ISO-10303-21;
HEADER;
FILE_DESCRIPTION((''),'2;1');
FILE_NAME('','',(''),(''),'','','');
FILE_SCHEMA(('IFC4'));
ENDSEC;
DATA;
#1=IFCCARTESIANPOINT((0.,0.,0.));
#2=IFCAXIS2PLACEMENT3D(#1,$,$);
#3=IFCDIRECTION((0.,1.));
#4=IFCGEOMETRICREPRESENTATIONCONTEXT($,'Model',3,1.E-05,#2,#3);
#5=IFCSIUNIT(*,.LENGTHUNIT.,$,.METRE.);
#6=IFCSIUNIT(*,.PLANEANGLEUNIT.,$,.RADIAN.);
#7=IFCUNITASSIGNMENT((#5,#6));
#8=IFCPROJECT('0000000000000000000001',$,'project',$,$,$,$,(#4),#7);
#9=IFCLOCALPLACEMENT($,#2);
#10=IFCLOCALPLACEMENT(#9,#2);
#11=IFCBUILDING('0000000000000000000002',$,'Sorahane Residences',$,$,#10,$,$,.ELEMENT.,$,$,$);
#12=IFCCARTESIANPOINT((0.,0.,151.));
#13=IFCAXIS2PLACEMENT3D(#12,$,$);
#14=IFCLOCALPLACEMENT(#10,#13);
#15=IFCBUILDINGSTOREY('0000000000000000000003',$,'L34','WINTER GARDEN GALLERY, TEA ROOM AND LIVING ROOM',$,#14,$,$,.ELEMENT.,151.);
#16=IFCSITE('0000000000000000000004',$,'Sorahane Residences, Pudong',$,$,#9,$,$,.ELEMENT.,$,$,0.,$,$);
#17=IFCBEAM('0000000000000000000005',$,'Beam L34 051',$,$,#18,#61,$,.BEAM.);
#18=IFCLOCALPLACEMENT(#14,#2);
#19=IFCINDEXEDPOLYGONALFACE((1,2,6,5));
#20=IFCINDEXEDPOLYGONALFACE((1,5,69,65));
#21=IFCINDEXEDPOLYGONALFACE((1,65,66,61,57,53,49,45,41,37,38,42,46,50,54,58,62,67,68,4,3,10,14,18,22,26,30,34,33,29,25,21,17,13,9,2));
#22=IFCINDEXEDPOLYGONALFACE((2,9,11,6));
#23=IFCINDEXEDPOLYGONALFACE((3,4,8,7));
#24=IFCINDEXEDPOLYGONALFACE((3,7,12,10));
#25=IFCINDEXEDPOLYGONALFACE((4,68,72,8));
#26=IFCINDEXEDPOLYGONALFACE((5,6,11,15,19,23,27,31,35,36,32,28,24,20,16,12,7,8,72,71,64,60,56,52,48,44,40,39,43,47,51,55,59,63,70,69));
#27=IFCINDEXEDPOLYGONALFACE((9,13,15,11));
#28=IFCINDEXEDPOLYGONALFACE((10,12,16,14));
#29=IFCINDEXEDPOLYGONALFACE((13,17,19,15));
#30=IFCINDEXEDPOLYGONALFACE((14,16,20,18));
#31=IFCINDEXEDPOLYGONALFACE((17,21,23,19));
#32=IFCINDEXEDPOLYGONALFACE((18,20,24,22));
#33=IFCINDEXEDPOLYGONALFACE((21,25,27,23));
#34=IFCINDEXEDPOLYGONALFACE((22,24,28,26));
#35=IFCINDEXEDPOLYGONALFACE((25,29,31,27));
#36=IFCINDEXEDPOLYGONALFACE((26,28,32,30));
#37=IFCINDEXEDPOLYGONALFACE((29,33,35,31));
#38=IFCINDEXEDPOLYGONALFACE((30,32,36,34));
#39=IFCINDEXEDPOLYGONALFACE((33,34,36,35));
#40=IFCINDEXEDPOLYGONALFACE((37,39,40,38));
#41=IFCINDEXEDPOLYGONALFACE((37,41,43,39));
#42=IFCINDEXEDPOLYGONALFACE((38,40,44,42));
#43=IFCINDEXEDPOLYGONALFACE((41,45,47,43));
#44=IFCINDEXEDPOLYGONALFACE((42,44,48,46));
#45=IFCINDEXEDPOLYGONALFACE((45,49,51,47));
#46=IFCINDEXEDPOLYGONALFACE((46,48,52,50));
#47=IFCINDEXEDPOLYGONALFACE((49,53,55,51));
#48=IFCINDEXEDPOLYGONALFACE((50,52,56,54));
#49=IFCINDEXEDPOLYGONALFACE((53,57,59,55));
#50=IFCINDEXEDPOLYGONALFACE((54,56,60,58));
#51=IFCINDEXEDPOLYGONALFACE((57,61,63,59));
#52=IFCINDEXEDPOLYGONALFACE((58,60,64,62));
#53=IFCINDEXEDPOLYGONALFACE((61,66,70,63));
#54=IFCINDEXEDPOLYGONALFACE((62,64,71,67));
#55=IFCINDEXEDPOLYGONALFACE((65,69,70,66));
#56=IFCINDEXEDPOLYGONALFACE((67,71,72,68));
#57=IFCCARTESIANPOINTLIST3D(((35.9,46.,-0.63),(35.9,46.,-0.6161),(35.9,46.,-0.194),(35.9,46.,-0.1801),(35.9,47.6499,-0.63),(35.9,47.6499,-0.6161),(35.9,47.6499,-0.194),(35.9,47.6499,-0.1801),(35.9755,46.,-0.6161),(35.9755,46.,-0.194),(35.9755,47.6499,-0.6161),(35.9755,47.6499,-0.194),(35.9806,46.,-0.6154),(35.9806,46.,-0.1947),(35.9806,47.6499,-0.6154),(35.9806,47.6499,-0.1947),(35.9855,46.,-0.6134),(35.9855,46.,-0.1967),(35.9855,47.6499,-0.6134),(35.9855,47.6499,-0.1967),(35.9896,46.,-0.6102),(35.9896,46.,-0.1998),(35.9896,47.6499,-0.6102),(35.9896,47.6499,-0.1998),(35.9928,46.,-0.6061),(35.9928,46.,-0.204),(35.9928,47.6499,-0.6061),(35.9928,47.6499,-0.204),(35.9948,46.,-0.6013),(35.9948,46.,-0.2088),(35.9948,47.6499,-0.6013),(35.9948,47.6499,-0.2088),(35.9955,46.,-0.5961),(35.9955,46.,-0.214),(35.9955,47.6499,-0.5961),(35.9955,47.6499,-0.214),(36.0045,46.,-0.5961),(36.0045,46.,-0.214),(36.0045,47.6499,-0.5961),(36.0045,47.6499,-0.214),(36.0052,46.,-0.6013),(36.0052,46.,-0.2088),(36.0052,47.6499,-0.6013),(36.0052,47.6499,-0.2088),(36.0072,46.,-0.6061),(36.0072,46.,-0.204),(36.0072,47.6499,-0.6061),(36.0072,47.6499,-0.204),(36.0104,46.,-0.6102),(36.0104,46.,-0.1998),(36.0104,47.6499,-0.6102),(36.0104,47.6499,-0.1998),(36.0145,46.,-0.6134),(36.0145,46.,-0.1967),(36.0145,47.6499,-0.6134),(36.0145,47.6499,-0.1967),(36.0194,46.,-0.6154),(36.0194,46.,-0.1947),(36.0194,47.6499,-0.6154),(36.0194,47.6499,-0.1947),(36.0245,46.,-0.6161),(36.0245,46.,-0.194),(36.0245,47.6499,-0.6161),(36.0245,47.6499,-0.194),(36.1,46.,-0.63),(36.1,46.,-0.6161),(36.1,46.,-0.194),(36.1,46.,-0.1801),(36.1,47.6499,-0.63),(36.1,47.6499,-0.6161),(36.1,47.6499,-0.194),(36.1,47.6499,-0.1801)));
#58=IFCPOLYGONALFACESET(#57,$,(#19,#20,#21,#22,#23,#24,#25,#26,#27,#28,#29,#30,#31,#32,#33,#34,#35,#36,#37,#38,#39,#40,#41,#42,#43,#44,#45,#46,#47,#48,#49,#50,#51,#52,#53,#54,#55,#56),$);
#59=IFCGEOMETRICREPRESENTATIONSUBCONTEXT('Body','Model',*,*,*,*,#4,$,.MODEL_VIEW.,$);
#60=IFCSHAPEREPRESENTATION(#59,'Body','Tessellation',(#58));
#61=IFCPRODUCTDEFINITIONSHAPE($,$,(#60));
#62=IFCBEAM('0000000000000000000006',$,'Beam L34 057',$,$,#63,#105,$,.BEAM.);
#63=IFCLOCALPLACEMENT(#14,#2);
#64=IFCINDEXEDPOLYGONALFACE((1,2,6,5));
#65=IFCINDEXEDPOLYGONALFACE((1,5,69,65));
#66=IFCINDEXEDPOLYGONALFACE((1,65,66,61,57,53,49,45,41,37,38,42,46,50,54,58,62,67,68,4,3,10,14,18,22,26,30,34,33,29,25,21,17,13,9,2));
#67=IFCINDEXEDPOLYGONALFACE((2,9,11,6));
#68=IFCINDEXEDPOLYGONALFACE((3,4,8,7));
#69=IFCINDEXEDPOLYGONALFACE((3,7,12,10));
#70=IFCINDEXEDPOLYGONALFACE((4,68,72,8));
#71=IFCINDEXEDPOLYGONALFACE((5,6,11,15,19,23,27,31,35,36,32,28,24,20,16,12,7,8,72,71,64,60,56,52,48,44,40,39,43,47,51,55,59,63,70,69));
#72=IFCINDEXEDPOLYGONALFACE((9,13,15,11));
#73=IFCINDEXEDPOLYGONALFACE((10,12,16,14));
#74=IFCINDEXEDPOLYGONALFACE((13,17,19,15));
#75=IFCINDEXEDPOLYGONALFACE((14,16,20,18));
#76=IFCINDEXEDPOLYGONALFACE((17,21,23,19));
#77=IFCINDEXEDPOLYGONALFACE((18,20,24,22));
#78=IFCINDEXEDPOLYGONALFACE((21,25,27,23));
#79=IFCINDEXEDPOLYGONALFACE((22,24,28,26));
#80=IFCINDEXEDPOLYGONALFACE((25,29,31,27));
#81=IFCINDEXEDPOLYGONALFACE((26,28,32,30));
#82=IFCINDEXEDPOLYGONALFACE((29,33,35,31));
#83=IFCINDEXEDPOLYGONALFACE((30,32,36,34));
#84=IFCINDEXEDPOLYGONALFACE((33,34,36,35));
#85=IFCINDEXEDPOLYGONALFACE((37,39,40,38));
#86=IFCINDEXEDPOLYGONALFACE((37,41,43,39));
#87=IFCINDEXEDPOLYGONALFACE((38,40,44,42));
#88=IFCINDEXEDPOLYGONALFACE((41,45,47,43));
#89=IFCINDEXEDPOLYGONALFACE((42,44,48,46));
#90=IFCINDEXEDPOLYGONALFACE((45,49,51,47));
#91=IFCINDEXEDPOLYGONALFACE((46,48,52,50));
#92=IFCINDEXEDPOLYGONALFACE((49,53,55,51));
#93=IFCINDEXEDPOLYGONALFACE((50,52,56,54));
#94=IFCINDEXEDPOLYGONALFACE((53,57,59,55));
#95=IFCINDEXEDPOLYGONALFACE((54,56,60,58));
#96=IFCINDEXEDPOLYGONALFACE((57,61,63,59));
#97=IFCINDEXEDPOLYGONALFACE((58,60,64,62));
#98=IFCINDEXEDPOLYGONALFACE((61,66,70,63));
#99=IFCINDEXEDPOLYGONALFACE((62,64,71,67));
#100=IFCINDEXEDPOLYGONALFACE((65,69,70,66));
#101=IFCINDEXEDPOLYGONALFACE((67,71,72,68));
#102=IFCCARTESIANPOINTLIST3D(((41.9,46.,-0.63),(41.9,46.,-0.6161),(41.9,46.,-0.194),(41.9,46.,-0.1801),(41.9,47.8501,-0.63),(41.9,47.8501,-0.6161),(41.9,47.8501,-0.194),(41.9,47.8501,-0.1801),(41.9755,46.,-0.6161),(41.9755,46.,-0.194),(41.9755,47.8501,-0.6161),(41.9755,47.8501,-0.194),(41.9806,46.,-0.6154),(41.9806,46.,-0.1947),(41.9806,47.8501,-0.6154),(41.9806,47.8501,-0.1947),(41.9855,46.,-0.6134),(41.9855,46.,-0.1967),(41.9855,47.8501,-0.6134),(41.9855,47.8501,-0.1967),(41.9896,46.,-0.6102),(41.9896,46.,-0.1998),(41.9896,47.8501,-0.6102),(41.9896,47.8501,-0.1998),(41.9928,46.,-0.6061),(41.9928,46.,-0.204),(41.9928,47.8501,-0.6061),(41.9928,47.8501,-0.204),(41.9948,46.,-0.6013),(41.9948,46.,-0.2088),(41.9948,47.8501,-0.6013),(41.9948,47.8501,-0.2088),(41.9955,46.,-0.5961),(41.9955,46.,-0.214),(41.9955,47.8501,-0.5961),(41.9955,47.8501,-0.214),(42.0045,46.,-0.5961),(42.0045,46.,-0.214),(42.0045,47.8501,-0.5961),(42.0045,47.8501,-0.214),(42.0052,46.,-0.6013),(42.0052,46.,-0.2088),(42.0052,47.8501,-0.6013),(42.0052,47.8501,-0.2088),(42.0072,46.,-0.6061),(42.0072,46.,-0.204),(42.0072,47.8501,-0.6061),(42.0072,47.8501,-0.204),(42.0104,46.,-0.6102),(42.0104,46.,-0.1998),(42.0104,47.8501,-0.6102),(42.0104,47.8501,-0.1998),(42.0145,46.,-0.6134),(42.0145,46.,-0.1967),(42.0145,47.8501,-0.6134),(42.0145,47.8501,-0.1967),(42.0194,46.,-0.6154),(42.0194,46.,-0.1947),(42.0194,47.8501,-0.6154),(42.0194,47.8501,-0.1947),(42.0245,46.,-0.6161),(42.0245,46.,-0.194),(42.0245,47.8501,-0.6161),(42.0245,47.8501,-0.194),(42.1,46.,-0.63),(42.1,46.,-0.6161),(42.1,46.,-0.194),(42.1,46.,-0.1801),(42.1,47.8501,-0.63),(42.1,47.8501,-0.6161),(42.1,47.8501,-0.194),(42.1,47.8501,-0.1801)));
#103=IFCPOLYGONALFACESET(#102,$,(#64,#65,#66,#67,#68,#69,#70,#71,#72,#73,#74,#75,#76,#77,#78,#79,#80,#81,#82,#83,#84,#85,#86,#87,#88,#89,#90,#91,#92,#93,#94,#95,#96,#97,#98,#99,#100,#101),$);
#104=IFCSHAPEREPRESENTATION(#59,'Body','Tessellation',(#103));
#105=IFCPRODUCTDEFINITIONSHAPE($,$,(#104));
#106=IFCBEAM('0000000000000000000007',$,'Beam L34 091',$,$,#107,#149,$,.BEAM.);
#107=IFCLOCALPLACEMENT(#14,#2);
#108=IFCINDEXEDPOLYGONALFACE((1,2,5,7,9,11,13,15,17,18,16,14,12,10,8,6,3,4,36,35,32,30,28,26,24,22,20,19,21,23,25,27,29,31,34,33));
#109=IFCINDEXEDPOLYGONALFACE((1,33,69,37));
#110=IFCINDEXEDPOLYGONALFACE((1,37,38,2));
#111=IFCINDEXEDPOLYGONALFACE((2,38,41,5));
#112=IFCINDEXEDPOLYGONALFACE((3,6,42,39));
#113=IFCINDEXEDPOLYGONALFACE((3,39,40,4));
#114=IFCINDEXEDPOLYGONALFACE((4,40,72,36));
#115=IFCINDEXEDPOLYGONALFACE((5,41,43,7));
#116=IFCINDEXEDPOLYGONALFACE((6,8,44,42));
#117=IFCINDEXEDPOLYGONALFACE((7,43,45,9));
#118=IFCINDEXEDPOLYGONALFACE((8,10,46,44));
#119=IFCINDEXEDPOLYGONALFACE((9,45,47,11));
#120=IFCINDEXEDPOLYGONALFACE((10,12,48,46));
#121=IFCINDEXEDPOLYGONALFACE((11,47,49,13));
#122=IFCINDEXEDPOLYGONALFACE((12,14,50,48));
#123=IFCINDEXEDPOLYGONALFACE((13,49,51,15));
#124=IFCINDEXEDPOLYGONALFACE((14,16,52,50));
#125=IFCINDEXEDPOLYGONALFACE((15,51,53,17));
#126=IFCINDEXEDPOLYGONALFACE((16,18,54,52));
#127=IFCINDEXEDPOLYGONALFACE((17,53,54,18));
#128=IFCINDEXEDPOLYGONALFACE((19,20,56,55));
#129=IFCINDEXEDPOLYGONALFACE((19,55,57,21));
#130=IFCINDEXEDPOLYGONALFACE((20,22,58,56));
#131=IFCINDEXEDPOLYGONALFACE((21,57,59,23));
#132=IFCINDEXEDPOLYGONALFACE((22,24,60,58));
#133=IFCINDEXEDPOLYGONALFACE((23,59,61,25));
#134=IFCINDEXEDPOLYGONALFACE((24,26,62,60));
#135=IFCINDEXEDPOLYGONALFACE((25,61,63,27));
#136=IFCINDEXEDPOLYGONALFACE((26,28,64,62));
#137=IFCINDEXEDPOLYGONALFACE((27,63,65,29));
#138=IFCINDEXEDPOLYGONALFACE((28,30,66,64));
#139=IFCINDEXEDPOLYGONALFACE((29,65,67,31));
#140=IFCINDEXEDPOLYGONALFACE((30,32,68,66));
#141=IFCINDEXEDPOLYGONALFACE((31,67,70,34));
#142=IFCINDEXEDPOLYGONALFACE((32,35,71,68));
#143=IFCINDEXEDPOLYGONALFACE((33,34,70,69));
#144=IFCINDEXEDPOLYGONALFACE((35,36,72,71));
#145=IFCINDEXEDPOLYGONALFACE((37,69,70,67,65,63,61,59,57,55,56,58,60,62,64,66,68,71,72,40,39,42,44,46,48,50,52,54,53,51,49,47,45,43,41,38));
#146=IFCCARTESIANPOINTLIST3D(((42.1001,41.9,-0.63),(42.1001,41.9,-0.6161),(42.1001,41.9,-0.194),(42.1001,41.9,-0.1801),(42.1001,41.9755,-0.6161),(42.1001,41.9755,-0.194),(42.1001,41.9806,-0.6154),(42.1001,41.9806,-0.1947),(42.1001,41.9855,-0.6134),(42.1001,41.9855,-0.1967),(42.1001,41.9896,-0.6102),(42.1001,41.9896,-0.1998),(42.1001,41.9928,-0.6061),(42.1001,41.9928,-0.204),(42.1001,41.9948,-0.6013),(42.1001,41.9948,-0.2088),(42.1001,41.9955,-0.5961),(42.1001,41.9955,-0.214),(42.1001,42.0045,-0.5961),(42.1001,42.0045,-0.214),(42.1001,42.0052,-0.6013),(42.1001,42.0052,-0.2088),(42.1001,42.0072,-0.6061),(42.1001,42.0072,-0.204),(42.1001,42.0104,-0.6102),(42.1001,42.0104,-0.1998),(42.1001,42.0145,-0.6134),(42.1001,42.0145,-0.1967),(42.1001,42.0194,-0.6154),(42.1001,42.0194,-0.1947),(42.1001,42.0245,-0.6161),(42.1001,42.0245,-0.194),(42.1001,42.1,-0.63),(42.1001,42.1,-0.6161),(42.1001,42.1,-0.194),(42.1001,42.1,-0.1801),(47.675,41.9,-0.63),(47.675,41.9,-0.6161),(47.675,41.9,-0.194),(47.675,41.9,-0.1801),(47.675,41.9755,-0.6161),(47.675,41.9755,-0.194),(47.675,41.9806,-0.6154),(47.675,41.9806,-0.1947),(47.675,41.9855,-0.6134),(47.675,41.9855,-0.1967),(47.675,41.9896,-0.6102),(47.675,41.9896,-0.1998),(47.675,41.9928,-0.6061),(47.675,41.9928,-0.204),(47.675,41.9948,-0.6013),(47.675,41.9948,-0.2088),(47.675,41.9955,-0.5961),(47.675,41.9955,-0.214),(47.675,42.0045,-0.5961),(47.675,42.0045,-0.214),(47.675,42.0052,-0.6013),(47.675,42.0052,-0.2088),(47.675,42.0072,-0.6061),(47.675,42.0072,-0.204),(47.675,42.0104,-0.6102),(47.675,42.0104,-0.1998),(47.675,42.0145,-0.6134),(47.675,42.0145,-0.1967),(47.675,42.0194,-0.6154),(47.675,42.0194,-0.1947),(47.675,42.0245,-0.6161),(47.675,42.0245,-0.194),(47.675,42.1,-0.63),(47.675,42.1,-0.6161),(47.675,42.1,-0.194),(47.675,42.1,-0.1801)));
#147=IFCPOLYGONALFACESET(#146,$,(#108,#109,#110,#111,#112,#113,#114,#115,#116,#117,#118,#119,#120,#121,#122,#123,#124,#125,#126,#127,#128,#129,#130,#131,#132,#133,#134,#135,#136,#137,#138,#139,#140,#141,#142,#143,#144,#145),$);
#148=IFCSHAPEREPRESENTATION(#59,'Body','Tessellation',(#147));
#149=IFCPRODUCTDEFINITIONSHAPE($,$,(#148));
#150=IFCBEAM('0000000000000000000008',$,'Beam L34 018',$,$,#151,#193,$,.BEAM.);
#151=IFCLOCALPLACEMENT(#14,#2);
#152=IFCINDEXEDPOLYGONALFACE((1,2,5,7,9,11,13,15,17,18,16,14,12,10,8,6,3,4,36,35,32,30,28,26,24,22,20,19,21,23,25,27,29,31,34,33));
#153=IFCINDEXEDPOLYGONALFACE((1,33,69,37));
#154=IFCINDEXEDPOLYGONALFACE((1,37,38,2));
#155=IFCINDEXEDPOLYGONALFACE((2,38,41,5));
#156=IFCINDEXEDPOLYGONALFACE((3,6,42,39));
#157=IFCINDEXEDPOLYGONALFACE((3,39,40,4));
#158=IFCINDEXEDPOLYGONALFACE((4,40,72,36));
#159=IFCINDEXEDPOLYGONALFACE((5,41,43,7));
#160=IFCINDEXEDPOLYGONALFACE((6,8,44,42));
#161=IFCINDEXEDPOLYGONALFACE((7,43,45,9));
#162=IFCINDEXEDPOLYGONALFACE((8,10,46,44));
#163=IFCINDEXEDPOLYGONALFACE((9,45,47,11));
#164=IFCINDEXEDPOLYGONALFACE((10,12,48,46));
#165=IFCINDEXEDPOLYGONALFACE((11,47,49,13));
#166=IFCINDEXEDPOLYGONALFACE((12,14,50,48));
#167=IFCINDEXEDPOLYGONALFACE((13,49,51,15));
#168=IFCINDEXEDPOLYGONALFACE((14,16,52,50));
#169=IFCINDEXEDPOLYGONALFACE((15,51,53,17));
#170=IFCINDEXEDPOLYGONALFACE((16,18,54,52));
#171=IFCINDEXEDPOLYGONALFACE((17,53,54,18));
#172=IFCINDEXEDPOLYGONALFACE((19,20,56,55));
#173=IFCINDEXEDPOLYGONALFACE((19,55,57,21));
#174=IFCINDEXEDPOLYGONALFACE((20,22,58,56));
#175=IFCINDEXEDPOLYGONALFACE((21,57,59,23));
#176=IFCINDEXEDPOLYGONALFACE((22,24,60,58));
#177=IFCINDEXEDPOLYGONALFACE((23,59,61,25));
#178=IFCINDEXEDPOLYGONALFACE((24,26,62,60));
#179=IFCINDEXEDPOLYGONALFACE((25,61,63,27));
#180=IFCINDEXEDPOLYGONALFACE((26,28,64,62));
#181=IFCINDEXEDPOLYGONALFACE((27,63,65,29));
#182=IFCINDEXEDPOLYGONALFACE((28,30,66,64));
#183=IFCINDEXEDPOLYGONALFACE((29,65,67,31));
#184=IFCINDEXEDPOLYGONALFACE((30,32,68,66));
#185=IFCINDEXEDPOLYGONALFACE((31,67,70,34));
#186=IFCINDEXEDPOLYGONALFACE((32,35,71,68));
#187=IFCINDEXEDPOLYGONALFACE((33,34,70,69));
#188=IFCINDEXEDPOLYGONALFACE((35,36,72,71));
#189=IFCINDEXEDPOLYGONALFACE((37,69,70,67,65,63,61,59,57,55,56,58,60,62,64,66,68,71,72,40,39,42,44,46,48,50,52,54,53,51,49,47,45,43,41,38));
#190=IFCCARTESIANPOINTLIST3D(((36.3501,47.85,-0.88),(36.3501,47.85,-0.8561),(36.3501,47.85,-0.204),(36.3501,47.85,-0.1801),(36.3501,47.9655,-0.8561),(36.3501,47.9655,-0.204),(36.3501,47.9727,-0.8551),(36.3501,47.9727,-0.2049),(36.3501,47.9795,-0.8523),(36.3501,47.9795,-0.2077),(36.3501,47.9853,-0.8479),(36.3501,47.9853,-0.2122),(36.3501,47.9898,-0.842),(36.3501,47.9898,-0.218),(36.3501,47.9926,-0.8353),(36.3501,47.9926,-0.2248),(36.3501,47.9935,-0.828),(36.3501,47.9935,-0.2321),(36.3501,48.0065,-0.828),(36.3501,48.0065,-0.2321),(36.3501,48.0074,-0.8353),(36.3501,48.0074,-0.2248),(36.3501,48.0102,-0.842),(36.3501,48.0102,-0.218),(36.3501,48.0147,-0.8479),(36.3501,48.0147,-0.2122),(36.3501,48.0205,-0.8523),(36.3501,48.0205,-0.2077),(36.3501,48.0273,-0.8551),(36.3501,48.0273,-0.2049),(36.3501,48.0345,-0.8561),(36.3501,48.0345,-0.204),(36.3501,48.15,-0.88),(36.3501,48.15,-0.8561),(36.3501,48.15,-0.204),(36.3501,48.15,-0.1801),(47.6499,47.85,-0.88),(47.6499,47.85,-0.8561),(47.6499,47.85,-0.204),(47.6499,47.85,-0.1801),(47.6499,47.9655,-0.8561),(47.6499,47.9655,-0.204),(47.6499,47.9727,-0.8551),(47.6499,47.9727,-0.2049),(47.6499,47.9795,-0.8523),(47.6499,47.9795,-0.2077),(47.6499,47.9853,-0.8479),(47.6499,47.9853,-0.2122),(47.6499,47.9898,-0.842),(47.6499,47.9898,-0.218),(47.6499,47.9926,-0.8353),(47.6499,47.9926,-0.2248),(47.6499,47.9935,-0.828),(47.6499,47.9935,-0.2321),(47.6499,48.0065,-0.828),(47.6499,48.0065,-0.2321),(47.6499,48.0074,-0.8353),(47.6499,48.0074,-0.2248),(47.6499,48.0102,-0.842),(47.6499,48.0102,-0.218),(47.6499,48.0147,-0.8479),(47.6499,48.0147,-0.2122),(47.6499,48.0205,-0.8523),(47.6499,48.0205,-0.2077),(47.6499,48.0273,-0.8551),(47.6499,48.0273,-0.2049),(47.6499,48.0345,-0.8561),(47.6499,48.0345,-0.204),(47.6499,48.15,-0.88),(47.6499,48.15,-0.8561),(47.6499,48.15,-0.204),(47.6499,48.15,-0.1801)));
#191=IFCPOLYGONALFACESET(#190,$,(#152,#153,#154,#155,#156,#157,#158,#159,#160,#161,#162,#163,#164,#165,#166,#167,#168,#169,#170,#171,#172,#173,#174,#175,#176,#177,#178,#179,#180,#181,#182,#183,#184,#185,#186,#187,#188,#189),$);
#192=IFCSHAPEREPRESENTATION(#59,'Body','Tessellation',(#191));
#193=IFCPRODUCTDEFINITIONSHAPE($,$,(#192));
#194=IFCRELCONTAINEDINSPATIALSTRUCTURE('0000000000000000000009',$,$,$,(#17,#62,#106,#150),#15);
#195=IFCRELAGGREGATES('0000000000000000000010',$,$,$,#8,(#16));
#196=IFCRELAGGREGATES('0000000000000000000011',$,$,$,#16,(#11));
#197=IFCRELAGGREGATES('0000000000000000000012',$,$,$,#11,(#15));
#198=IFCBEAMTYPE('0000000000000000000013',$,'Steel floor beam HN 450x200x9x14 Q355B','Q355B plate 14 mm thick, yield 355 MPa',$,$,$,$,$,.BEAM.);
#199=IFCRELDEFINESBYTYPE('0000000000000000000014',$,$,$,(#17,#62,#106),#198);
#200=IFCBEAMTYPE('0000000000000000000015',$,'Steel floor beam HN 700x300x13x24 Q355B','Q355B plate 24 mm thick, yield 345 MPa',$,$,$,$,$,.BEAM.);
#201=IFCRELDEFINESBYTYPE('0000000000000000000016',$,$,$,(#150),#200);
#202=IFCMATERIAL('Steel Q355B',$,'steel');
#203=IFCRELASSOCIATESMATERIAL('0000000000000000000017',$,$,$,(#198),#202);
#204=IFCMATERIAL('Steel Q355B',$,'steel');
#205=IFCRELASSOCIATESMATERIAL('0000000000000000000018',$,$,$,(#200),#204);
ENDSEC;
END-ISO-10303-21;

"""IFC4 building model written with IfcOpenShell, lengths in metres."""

from ifc_helpers import new_model, si_unit, direction, frame, origin, origin_2d, place, context, subcontext, project, spatial, i_section, extrude, material, material_profile, profile_set, type_object, element, save


model = new_model("IFC4")

# Units and contexts
model_context = context("Model", 3, precision=1e-05, world=origin(), true_north=direction((0.0, 1.0)))
body_context = subcontext(model_context, "Body", "Model", "MODEL_VIEW")
ifc_project = project(units=[si_unit("LENGTHUNIT", "METRE"), si_unit("PLANEANGLEUNIT", "RADIAN")], contexts=[model_context])

# Site, building, storey
site_placement = place(None, origin())
site = spatial("IfcSite", under=ifc_project, at=site_placement, Name="Sorahane Residences, Pudong", CompositionType="ELEMENT", RefElevation=0.0)
building_placement = place(site_placement, origin())
building = spatial("IfcBuilding", under=site, at=building_placement, Name="Sorahane Residences", CompositionType="ELEMENT")
storey_placement = place(building_placement, frame((0.0, 0.0, 151.0)))
storey = spatial("IfcBuildingStorey", under=building, at=storey_placement, Name="L34", Description="WINTER GARDEN GALLERY, TEA ROOM AND LIVING ROOM", CompositionType="ELEMENT", Elevation=151.0)

# Beams
ifc_material_1 = material(Name="Steel Q355B", Category="steel")
ifc_material_profile_1 = material_profile(ifc_material_1, i_section(OverallWidth=0.2, OverallDepth=0.45, WebThickness=0.009, FlangeThickness=0.0139, FilletRadius=0.02, at=origin_2d()), Name="HN 450x200x9x14")
ifc_profile_set_1 = profile_set([ifc_material_profile_1], Name="Steel Q355B")
beam_type_1 = type_object("IfcBeamType", Name="Steel floor beam HN 450x200x9x14 Q355B", Description="Q355B plate 14 mm thick, yield 355 MPa", PredefinedType="BEAM", material=ifc_profile_set_1)
beam_1_placement = place(storey_placement, frame((36.0, 46.0, -0.405), z_axis=(0.0, 1.0, 0.0), x_axis=(-1.0, 0.0, 0.0)))
element("IfcBeam", 1, at=beam_1_placement, inside=storey, type_object=beam_type_1, Name="Beam L34 051", PredefinedType="BEAM", context=body_context, shape_type="SweptSolid", body=[
    extrude(i_section(OverallWidth=0.2, OverallDepth=0.45, WebThickness=0.009, FlangeThickness=0.0139, FilletRadius=0.02, at=origin_2d()), origin(), (0.0, 0.0, 1.0), 1.6499),
])
beam_2_placement = place(storey_placement, frame((42.0, 46.0, -0.405), z_axis=(0.0, 1.0, 0.0), x_axis=(-1.0, 0.0, 0.0)))
element("IfcBeam", 2, at=beam_2_placement, inside=storey, type_object=beam_type_1, Name="Beam L34 057", PredefinedType="BEAM", context=body_context, shape_type="SweptSolid", body=[
    extrude(i_section(OverallWidth=0.2, OverallDepth=0.45, WebThickness=0.009, FlangeThickness=0.0139, FilletRadius=0.02, at=origin_2d()), origin(), (0.0, 0.0, 1.0), 1.8501),
])
beam_3_placement = place(storey_placement, frame((42.1001, 42.0, -0.405), z_axis=(1.0, 0.0, 0.0), x_axis=(0.0, 1.0, 0.0)))
element("IfcBeam", 3, at=beam_3_placement, inside=storey, type_object=beam_type_1, Name="Beam L34 091", PredefinedType="BEAM", context=body_context, shape_type="SweptSolid", body=[
    extrude(i_section(OverallWidth=0.2, OverallDepth=0.45, WebThickness=0.009, FlangeThickness=0.0139, FilletRadius=0.02, at=origin_2d()), origin(), (0.0, 0.0, 1.0), 5.575),
])
ifc_material_2 = material(Name="Steel Q355B", Category="steel")
ifc_material_profile_2 = material_profile(ifc_material_2, i_section(OverallWidth=0.3, OverallDepth=0.7, WebThickness=0.0129, FlangeThickness=0.0239, FilletRadius=0.0281, at=origin_2d()), Name="HN 700x300x13x24")
ifc_profile_set_2 = profile_set([ifc_material_profile_2], Name="Steel Q355B")
beam_type_2 = type_object("IfcBeamType", Name="Steel floor beam HN 700x300x13x24 Q355B", Description="Q355B plate 24 mm thick, yield 345 MPa", PredefinedType="BEAM", material=ifc_profile_set_2)
beam_4_placement = place(storey_placement, frame((36.3501, 48.0, -0.53), z_axis=(1.0, 0.0, 0.0), x_axis=(0.0, 1.0, 0.0)))
element("IfcBeam", 4, at=beam_4_placement, inside=storey, type_object=beam_type_2, Name="Beam L34 018", PredefinedType="BEAM", context=body_context, shape_type="SweptSolid", body=[
    extrude(i_section(OverallWidth=0.3, OverallDepth=0.7, WebThickness=0.0129, FlangeThickness=0.0239, FilletRadius=0.0281, at=origin_2d()), origin(), (0.0, 0.0, 1.0), 11.2998),
])

save(model, "model.ifc")
